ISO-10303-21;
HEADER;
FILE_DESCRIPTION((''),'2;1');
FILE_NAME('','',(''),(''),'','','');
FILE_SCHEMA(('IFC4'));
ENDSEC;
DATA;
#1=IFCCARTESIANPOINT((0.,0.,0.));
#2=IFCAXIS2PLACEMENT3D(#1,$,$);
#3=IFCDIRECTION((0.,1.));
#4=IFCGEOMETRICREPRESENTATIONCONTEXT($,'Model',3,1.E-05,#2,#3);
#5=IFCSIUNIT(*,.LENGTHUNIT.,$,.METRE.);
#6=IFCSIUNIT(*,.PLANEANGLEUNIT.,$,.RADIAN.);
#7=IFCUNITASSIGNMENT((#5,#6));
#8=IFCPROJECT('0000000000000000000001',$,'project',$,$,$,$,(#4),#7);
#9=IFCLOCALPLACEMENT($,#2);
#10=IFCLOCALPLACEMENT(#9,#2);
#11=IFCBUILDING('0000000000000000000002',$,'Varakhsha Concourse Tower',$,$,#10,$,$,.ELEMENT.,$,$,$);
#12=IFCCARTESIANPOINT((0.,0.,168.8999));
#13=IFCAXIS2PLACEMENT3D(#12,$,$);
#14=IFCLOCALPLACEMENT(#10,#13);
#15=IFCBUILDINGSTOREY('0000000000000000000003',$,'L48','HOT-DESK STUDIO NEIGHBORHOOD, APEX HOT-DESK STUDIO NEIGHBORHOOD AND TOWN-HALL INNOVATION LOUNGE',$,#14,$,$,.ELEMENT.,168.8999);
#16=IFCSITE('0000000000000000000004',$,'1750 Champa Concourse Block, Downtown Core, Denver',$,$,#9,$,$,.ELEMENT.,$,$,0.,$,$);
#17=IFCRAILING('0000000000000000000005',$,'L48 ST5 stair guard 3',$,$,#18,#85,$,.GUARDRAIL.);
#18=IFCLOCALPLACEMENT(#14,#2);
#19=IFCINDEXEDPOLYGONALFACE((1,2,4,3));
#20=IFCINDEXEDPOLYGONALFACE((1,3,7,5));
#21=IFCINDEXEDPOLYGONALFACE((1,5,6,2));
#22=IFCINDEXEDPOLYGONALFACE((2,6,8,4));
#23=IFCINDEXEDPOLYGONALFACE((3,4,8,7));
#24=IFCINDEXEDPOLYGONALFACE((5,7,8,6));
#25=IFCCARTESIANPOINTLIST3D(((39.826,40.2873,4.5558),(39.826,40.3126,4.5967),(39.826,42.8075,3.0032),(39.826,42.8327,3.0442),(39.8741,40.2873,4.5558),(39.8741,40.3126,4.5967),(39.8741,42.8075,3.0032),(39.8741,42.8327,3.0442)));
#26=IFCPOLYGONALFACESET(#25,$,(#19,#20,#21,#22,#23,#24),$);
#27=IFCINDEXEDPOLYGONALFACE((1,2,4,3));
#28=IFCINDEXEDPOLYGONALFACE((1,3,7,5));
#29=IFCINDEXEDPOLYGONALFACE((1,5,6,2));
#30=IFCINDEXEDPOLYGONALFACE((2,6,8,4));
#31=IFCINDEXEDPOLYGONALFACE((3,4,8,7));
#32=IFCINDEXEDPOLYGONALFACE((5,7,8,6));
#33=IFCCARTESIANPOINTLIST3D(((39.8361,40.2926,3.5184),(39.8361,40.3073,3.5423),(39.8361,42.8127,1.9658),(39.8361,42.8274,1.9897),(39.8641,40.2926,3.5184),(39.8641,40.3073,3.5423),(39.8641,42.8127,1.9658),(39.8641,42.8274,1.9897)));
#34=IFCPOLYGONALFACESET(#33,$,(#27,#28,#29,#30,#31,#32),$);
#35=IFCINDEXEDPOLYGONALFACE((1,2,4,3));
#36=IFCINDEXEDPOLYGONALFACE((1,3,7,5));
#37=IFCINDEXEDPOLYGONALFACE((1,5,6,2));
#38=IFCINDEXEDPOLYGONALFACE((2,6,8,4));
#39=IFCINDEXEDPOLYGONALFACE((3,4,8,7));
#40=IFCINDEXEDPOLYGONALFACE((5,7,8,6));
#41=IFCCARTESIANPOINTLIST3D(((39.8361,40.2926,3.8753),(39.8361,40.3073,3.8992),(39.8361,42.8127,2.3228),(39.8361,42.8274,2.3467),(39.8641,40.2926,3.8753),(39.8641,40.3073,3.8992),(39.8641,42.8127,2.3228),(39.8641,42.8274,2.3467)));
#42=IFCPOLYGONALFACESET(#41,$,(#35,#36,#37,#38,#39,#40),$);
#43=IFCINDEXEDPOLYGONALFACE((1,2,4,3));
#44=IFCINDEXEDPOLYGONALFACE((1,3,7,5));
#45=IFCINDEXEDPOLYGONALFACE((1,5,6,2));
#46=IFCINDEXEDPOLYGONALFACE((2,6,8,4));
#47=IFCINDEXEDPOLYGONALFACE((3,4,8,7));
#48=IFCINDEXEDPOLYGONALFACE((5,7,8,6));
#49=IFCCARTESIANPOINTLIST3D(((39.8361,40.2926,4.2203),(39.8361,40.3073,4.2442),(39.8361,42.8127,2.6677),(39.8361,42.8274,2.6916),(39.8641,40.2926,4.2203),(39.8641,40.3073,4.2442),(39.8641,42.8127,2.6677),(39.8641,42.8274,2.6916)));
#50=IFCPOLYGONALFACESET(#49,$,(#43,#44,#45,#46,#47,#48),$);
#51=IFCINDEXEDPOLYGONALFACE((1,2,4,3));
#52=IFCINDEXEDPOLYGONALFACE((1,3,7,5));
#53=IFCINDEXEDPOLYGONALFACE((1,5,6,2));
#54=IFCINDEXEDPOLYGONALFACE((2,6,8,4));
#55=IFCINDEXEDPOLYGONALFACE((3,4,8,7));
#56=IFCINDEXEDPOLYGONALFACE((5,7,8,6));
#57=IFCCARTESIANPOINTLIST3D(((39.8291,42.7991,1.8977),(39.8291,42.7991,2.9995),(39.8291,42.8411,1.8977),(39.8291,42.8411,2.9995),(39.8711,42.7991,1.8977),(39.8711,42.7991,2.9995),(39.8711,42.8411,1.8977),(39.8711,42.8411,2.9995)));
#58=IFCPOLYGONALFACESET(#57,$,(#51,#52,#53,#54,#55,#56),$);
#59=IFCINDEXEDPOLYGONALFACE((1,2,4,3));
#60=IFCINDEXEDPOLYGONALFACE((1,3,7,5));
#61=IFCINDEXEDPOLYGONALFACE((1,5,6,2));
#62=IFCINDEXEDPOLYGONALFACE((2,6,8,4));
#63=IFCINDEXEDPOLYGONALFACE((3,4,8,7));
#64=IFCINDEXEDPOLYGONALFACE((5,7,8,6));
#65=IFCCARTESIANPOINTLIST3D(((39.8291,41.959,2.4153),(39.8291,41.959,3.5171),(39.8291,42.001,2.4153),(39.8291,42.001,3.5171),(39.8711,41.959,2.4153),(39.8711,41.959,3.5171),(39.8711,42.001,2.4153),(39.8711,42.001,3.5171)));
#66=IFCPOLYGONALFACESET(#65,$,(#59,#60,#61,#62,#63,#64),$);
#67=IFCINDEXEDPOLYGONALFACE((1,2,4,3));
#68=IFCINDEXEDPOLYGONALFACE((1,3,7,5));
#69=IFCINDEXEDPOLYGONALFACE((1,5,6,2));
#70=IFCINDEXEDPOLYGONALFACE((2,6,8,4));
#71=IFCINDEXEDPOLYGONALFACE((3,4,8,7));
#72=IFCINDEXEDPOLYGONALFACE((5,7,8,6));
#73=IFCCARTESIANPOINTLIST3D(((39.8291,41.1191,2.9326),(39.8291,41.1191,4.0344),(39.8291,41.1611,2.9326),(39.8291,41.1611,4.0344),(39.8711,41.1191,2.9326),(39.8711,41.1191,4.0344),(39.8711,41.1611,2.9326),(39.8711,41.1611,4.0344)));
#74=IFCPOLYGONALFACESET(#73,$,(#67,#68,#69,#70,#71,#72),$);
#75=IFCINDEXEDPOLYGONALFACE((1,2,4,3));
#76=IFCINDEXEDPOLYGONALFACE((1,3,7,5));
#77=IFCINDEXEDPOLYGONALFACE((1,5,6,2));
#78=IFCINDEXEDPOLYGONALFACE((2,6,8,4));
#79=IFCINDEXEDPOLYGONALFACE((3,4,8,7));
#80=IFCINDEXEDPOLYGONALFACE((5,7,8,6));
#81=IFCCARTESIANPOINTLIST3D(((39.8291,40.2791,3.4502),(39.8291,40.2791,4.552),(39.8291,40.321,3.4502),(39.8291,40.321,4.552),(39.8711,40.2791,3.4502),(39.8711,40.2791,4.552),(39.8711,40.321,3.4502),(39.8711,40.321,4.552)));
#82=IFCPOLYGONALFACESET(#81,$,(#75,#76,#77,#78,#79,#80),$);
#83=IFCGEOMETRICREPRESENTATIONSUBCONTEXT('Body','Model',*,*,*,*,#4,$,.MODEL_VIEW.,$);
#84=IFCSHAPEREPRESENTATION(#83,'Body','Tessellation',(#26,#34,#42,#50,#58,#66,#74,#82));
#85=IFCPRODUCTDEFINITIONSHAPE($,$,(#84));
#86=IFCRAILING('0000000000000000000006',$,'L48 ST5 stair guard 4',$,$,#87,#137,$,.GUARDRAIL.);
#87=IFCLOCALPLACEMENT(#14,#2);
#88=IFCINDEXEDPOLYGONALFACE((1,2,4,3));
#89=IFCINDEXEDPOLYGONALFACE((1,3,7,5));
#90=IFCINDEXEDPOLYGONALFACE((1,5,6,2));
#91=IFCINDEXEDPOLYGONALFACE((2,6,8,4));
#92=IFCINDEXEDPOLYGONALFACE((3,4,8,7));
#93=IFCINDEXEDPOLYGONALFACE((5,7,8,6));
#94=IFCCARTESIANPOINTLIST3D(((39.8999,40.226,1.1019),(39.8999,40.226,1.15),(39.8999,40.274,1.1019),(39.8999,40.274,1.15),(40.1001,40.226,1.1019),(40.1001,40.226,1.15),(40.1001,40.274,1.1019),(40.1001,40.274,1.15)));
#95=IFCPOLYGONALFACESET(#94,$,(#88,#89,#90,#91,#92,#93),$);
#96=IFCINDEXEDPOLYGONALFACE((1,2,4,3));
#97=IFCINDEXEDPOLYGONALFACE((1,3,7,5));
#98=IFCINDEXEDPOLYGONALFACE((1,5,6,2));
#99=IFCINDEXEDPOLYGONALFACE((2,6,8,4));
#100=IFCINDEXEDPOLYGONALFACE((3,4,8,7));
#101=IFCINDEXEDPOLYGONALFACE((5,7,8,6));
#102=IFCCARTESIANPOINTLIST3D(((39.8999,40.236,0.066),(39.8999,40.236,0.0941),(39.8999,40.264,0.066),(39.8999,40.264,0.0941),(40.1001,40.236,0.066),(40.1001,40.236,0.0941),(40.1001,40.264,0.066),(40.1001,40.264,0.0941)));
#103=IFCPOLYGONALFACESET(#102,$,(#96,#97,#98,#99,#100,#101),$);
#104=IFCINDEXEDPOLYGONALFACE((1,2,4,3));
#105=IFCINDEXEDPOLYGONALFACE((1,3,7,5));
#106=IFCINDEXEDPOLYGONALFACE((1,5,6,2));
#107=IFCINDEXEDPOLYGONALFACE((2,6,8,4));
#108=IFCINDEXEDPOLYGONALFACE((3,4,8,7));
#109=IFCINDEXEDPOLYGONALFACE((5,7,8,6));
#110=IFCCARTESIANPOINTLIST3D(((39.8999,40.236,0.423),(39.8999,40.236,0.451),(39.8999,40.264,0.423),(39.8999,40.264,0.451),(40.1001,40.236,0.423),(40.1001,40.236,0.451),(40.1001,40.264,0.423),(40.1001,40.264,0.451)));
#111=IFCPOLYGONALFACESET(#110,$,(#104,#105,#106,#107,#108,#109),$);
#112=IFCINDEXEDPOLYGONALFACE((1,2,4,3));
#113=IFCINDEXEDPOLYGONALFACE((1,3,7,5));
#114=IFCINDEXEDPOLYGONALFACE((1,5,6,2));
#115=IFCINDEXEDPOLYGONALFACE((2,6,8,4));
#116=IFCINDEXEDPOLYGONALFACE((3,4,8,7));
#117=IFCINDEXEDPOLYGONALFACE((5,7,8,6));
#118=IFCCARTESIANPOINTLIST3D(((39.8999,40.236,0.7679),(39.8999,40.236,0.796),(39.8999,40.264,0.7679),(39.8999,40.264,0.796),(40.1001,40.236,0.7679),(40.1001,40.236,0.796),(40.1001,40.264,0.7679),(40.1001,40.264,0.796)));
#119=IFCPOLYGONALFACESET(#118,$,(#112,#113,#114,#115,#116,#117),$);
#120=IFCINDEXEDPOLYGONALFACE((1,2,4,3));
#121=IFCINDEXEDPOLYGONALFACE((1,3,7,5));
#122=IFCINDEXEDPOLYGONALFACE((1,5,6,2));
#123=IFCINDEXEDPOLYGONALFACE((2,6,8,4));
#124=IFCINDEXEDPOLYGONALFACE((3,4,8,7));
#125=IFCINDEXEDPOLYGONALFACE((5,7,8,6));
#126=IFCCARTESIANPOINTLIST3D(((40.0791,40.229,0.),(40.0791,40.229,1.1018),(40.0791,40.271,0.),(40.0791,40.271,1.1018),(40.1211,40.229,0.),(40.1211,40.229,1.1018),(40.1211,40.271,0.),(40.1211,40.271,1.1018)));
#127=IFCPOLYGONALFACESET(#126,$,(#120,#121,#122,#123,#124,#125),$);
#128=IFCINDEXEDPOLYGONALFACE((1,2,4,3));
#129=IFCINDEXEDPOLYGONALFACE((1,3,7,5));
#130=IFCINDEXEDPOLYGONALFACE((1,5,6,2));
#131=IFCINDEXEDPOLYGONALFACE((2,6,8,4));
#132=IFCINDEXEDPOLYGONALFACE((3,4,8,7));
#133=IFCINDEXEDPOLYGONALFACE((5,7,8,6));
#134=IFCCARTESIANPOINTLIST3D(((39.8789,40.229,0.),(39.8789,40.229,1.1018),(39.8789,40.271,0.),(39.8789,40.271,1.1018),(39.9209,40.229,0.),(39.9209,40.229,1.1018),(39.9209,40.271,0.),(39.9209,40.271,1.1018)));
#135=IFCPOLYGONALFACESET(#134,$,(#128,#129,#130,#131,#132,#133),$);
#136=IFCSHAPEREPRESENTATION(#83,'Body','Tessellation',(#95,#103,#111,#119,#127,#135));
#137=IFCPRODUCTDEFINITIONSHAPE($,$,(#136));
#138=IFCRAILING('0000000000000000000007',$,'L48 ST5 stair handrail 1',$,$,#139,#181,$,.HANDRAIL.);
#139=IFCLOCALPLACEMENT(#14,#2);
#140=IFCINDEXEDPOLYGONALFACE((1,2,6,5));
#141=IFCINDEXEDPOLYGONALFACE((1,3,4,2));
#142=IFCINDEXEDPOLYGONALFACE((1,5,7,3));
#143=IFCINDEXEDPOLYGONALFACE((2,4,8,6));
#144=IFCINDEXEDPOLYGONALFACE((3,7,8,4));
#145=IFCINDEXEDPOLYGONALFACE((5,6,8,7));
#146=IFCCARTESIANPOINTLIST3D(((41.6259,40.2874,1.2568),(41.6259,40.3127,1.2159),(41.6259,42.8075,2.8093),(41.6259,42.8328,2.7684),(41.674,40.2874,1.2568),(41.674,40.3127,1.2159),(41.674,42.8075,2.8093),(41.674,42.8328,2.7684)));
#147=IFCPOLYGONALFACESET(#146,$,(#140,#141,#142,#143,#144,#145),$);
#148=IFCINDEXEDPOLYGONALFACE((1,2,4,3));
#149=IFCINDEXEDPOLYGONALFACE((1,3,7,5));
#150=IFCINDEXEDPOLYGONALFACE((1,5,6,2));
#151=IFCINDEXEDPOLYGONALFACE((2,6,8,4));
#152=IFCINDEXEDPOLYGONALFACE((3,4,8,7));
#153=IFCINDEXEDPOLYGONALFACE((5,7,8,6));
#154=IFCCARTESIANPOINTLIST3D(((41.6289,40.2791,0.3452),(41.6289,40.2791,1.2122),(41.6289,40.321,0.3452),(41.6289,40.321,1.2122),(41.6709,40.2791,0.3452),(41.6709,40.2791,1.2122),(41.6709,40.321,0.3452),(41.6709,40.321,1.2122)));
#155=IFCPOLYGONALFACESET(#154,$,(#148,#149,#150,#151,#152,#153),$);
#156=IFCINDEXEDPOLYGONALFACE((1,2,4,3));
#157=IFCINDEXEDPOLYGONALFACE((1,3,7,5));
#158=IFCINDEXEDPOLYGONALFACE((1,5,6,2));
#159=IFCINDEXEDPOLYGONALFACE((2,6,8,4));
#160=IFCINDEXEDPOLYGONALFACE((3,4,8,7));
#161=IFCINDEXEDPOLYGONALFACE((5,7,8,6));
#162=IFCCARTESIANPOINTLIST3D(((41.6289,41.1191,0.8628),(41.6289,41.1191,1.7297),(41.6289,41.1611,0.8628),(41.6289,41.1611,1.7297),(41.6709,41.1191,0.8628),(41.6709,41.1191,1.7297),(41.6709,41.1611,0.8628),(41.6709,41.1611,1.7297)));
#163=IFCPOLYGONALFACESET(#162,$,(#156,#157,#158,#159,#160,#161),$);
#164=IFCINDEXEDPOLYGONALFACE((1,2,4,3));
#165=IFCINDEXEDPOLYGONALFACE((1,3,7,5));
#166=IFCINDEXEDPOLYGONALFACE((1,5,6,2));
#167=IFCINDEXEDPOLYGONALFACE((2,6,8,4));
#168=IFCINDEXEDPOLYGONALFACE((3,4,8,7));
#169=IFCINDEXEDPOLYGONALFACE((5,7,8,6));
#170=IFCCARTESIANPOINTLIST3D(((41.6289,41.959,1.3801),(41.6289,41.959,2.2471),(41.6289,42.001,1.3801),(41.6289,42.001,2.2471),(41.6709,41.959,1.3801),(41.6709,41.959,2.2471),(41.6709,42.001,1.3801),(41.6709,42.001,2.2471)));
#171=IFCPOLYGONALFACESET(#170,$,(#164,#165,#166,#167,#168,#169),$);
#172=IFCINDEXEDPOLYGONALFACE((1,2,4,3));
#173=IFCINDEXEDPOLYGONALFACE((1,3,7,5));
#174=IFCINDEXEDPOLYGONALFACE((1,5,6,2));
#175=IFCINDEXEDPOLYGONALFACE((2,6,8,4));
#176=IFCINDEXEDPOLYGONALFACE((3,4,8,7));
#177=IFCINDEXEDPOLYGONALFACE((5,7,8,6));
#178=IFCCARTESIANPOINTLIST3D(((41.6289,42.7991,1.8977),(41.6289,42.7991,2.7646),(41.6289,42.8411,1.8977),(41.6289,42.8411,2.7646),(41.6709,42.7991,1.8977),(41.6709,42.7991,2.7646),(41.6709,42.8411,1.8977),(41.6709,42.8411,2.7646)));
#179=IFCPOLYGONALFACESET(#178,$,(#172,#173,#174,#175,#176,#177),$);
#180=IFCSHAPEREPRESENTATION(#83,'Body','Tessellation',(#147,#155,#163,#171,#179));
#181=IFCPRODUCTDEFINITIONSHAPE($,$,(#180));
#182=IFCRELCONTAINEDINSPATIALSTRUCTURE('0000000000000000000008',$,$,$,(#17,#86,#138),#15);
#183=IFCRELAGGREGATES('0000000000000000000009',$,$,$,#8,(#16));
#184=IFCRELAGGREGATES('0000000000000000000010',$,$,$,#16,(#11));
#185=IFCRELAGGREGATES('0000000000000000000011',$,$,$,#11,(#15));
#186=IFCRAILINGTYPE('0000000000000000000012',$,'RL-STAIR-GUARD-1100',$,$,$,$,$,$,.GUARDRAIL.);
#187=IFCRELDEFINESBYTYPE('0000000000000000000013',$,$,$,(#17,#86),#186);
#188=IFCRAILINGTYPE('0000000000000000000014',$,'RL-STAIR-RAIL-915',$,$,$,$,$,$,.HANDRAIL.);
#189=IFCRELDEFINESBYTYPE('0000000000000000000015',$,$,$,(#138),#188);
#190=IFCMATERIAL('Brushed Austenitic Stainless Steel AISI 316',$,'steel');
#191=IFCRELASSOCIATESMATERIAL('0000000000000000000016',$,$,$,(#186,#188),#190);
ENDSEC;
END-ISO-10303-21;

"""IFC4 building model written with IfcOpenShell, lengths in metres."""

from ifc_helpers import new_model, si_unit, direction, frame, origin, origin_2d, place, context, subcontext, project, spatial, rectangle, extrude, material, type_object, element, save


model = new_model("IFC4")

# Units and contexts
model_context = context("Model", 3, precision=1e-05, world=origin(), true_north=direction((0.0, 1.0)))
body_context = subcontext(model_context, "Body", "Model", "MODEL_VIEW")
ifc_project = project(units=[si_unit("LENGTHUNIT", "METRE"), si_unit("PLANEANGLEUNIT", "RADIAN")], contexts=[model_context])

# Site, building, storey
site_placement = place(None, origin())
site = spatial("IfcSite", under=ifc_project, at=site_placement, Name="1750 Champa Concourse Block, Downtown Core, Denver", CompositionType="ELEMENT", RefElevation=0.0)
building_placement = place(site_placement, origin())
building = spatial("IfcBuilding", under=site, at=building_placement, Name="Varakhsha Concourse Tower", CompositionType="ELEMENT")
storey_placement = place(building_placement, frame((0.0, 0.0, 168.8999)))
storey = spatial("IfcBuildingStorey", under=building, at=storey_placement, Name="L48", Description="HOT-DESK STUDIO NEIGHBORHOOD, APEX HOT-DESK STUDIO NEIGHBORHOOD AND TOWN-HALL INNOVATION LOUNGE", CompositionType="ELEMENT", Elevation=168.8999)

# Railings
ifc_material_1 = material(Name="Brushed Austenitic Stainless Steel AISI 316", Category="steel")
railing_type_1 = type_object("IfcRailingType", Name="RL-STAIR-GUARD-1100", PredefinedType="GUARDRAIL", material=ifc_material_1)
railing_1_placement = place(storey_placement, frame((39.8501, 42.8201, 1.8977)))
element("IfcRailing", 1, at=railing_1_placement, inside=storey, type_object=railing_type_1, Name="L48 ST5 stair guard 3", PredefinedType="GUARDRAIL", context=body_context, shape_type="SweptSolid", body=[
    extrude(rectangle(XDim=0.0481, YDim=0.0481, at=origin_2d()), frame((0.0, 0.0, 1.126), z_axis=(0.0, -0.8514, 0.524516), x_axis=(1.0, 0.0, 0.0)), (0.0, 0.0, 1.0), 2.96),
    extrude(rectangle(XDim=0.0281, YDim=0.0281, at=origin_2d()), frame((0.0, 0.0, 0.0801), z_axis=(0.0, -0.8514, 0.524516), x_axis=(1.0, 0.0, 0.0)), (0.0, 0.0, 1.0), 2.96),
    extrude(rectangle(XDim=0.0281, YDim=0.0281, at=origin_2d()), frame((0.0, 0.0, 0.437), z_axis=(0.0, -0.8514, 0.524516), x_axis=(1.0, 0.0, 0.0)), (0.0, 0.0, 1.0), 2.96),
    extrude(rectangle(XDim=0.0281, YDim=0.0281, at=origin_2d()), frame((0.0, 0.0, 0.782), z_axis=(0.0, -0.8514, 0.524516), x_axis=(1.0, 0.0, 0.0)), (0.0, 0.0, 1.0), 2.96),
    extrude(rectangle(XDim=0.042, YDim=0.042, at=origin_2d()), origin(), (0.0, 0.0, 1.0), 1.1018),
    extrude(rectangle(XDim=0.042, YDim=0.042, at=origin_2d()), frame((0.0, -0.8401, 0.5176)), (0.0, 0.0, 1.0), 1.1018),
    extrude(rectangle(XDim=0.042, YDim=0.042, at=origin_2d()), frame((0.0, -1.6799, 1.0349)), (0.0, 0.0, 1.0), 1.1018),
    extrude(rectangle(XDim=0.042, YDim=0.042, at=origin_2d()), frame((0.0, -2.52, 1.5525)), (0.0, 0.0, 1.0), 1.1018),
])
railing_2_placement = place(storey_placement, frame((40.1001, 40.25, 0.0)))
element("IfcRailing", 2, at=railing_2_placement, inside=storey, type_object=railing_type_1, Name="L48 ST5 stair guard 4", PredefinedType="GUARDRAIL", context=body_context, shape_type="SweptSolid", body=[
    extrude(rectangle(XDim=0.0481, YDim=0.0481, at=origin_2d()), frame((0.0, 0.0, 1.126), z_axis=(-1.0, 0.0, 0.0), x_axis=(0.0, -1.0, 0.0)), (0.0, 0.0, 1.0), 0.2002),
    extrude(rectangle(XDim=0.0281, YDim=0.0281, at=origin_2d()), frame((0.0, 0.0, 0.0801), z_axis=(-1.0, 0.0, 0.0), x_axis=(0.0, -1.0, 0.0)), (0.0, 0.0, 1.0), 0.2002),
    extrude(rectangle(XDim=0.0281, YDim=0.0281, at=origin_2d()), frame((0.0, 0.0, 0.437), z_axis=(-1.0, 0.0, 0.0), x_axis=(0.0, -1.0, 0.0)), (0.0, 0.0, 1.0), 0.2002),
    extrude(rectangle(XDim=0.0281, YDim=0.0281, at=origin_2d()), frame((0.0, 0.0, 0.782), z_axis=(-1.0, 0.0, 0.0), x_axis=(0.0, -1.0, 0.0)), (0.0, 0.0, 1.0), 0.2002),
    extrude(rectangle(XDim=0.042, YDim=0.042, at=origin_2d()), origin(), (0.0, 0.0, 1.0), 1.1018),
    extrude(rectangle(XDim=0.042, YDim=0.042, at=origin_2d()), frame((-0.2002, 0.0, 0.0)), (0.0, 0.0, 1.0), 1.1018),
])
railing_type_2 = type_object("IfcRailingType", Name="RL-STAIR-RAIL-915", PredefinedType="HANDRAIL", material=ifc_material_1)
railing_3_placement = place(storey_placement, frame((41.6499, 40.3, 0.3452)))
element("IfcRailing", 3, at=railing_3_placement, inside=storey, type_object=railing_type_2, Name="L48 ST5 stair handrail 1", PredefinedType="HANDRAIL", context=body_context, shape_type="SweptSolid", body=[
    extrude(rectangle(XDim=0.0481, YDim=0.0481, at=origin_2d()), frame((0.0, 0.0, 0.8911), z_axis=(0.0, 0.8514, 0.524516), x_axis=(-1.0, 0.0, 0.0)), (0.0, 0.0, 1.0), 2.96),
    extrude(rectangle(XDim=0.042, YDim=0.042, at=origin_2d()), origin(), (0.0, 0.0, 1.0), 0.8669),
    extrude(rectangle(XDim=0.042, YDim=0.042, at=origin_2d()), frame((0.0, 0.8401, 0.5176)), (0.0, 0.0, 1.0), 0.8669),
    extrude(rectangle(XDim=0.042, YDim=0.042, at=origin_2d()), frame((0.0, 1.6799, 1.0349)), (0.0, 0.0, 1.0), 0.8669),
    extrude(rectangle(XDim=0.042, YDim=0.042, at=origin_2d()), frame((0.0, 2.52, 1.5525)), (0.0, 0.0, 1.0), 0.8669),
])

save(model, "model.ifc")
